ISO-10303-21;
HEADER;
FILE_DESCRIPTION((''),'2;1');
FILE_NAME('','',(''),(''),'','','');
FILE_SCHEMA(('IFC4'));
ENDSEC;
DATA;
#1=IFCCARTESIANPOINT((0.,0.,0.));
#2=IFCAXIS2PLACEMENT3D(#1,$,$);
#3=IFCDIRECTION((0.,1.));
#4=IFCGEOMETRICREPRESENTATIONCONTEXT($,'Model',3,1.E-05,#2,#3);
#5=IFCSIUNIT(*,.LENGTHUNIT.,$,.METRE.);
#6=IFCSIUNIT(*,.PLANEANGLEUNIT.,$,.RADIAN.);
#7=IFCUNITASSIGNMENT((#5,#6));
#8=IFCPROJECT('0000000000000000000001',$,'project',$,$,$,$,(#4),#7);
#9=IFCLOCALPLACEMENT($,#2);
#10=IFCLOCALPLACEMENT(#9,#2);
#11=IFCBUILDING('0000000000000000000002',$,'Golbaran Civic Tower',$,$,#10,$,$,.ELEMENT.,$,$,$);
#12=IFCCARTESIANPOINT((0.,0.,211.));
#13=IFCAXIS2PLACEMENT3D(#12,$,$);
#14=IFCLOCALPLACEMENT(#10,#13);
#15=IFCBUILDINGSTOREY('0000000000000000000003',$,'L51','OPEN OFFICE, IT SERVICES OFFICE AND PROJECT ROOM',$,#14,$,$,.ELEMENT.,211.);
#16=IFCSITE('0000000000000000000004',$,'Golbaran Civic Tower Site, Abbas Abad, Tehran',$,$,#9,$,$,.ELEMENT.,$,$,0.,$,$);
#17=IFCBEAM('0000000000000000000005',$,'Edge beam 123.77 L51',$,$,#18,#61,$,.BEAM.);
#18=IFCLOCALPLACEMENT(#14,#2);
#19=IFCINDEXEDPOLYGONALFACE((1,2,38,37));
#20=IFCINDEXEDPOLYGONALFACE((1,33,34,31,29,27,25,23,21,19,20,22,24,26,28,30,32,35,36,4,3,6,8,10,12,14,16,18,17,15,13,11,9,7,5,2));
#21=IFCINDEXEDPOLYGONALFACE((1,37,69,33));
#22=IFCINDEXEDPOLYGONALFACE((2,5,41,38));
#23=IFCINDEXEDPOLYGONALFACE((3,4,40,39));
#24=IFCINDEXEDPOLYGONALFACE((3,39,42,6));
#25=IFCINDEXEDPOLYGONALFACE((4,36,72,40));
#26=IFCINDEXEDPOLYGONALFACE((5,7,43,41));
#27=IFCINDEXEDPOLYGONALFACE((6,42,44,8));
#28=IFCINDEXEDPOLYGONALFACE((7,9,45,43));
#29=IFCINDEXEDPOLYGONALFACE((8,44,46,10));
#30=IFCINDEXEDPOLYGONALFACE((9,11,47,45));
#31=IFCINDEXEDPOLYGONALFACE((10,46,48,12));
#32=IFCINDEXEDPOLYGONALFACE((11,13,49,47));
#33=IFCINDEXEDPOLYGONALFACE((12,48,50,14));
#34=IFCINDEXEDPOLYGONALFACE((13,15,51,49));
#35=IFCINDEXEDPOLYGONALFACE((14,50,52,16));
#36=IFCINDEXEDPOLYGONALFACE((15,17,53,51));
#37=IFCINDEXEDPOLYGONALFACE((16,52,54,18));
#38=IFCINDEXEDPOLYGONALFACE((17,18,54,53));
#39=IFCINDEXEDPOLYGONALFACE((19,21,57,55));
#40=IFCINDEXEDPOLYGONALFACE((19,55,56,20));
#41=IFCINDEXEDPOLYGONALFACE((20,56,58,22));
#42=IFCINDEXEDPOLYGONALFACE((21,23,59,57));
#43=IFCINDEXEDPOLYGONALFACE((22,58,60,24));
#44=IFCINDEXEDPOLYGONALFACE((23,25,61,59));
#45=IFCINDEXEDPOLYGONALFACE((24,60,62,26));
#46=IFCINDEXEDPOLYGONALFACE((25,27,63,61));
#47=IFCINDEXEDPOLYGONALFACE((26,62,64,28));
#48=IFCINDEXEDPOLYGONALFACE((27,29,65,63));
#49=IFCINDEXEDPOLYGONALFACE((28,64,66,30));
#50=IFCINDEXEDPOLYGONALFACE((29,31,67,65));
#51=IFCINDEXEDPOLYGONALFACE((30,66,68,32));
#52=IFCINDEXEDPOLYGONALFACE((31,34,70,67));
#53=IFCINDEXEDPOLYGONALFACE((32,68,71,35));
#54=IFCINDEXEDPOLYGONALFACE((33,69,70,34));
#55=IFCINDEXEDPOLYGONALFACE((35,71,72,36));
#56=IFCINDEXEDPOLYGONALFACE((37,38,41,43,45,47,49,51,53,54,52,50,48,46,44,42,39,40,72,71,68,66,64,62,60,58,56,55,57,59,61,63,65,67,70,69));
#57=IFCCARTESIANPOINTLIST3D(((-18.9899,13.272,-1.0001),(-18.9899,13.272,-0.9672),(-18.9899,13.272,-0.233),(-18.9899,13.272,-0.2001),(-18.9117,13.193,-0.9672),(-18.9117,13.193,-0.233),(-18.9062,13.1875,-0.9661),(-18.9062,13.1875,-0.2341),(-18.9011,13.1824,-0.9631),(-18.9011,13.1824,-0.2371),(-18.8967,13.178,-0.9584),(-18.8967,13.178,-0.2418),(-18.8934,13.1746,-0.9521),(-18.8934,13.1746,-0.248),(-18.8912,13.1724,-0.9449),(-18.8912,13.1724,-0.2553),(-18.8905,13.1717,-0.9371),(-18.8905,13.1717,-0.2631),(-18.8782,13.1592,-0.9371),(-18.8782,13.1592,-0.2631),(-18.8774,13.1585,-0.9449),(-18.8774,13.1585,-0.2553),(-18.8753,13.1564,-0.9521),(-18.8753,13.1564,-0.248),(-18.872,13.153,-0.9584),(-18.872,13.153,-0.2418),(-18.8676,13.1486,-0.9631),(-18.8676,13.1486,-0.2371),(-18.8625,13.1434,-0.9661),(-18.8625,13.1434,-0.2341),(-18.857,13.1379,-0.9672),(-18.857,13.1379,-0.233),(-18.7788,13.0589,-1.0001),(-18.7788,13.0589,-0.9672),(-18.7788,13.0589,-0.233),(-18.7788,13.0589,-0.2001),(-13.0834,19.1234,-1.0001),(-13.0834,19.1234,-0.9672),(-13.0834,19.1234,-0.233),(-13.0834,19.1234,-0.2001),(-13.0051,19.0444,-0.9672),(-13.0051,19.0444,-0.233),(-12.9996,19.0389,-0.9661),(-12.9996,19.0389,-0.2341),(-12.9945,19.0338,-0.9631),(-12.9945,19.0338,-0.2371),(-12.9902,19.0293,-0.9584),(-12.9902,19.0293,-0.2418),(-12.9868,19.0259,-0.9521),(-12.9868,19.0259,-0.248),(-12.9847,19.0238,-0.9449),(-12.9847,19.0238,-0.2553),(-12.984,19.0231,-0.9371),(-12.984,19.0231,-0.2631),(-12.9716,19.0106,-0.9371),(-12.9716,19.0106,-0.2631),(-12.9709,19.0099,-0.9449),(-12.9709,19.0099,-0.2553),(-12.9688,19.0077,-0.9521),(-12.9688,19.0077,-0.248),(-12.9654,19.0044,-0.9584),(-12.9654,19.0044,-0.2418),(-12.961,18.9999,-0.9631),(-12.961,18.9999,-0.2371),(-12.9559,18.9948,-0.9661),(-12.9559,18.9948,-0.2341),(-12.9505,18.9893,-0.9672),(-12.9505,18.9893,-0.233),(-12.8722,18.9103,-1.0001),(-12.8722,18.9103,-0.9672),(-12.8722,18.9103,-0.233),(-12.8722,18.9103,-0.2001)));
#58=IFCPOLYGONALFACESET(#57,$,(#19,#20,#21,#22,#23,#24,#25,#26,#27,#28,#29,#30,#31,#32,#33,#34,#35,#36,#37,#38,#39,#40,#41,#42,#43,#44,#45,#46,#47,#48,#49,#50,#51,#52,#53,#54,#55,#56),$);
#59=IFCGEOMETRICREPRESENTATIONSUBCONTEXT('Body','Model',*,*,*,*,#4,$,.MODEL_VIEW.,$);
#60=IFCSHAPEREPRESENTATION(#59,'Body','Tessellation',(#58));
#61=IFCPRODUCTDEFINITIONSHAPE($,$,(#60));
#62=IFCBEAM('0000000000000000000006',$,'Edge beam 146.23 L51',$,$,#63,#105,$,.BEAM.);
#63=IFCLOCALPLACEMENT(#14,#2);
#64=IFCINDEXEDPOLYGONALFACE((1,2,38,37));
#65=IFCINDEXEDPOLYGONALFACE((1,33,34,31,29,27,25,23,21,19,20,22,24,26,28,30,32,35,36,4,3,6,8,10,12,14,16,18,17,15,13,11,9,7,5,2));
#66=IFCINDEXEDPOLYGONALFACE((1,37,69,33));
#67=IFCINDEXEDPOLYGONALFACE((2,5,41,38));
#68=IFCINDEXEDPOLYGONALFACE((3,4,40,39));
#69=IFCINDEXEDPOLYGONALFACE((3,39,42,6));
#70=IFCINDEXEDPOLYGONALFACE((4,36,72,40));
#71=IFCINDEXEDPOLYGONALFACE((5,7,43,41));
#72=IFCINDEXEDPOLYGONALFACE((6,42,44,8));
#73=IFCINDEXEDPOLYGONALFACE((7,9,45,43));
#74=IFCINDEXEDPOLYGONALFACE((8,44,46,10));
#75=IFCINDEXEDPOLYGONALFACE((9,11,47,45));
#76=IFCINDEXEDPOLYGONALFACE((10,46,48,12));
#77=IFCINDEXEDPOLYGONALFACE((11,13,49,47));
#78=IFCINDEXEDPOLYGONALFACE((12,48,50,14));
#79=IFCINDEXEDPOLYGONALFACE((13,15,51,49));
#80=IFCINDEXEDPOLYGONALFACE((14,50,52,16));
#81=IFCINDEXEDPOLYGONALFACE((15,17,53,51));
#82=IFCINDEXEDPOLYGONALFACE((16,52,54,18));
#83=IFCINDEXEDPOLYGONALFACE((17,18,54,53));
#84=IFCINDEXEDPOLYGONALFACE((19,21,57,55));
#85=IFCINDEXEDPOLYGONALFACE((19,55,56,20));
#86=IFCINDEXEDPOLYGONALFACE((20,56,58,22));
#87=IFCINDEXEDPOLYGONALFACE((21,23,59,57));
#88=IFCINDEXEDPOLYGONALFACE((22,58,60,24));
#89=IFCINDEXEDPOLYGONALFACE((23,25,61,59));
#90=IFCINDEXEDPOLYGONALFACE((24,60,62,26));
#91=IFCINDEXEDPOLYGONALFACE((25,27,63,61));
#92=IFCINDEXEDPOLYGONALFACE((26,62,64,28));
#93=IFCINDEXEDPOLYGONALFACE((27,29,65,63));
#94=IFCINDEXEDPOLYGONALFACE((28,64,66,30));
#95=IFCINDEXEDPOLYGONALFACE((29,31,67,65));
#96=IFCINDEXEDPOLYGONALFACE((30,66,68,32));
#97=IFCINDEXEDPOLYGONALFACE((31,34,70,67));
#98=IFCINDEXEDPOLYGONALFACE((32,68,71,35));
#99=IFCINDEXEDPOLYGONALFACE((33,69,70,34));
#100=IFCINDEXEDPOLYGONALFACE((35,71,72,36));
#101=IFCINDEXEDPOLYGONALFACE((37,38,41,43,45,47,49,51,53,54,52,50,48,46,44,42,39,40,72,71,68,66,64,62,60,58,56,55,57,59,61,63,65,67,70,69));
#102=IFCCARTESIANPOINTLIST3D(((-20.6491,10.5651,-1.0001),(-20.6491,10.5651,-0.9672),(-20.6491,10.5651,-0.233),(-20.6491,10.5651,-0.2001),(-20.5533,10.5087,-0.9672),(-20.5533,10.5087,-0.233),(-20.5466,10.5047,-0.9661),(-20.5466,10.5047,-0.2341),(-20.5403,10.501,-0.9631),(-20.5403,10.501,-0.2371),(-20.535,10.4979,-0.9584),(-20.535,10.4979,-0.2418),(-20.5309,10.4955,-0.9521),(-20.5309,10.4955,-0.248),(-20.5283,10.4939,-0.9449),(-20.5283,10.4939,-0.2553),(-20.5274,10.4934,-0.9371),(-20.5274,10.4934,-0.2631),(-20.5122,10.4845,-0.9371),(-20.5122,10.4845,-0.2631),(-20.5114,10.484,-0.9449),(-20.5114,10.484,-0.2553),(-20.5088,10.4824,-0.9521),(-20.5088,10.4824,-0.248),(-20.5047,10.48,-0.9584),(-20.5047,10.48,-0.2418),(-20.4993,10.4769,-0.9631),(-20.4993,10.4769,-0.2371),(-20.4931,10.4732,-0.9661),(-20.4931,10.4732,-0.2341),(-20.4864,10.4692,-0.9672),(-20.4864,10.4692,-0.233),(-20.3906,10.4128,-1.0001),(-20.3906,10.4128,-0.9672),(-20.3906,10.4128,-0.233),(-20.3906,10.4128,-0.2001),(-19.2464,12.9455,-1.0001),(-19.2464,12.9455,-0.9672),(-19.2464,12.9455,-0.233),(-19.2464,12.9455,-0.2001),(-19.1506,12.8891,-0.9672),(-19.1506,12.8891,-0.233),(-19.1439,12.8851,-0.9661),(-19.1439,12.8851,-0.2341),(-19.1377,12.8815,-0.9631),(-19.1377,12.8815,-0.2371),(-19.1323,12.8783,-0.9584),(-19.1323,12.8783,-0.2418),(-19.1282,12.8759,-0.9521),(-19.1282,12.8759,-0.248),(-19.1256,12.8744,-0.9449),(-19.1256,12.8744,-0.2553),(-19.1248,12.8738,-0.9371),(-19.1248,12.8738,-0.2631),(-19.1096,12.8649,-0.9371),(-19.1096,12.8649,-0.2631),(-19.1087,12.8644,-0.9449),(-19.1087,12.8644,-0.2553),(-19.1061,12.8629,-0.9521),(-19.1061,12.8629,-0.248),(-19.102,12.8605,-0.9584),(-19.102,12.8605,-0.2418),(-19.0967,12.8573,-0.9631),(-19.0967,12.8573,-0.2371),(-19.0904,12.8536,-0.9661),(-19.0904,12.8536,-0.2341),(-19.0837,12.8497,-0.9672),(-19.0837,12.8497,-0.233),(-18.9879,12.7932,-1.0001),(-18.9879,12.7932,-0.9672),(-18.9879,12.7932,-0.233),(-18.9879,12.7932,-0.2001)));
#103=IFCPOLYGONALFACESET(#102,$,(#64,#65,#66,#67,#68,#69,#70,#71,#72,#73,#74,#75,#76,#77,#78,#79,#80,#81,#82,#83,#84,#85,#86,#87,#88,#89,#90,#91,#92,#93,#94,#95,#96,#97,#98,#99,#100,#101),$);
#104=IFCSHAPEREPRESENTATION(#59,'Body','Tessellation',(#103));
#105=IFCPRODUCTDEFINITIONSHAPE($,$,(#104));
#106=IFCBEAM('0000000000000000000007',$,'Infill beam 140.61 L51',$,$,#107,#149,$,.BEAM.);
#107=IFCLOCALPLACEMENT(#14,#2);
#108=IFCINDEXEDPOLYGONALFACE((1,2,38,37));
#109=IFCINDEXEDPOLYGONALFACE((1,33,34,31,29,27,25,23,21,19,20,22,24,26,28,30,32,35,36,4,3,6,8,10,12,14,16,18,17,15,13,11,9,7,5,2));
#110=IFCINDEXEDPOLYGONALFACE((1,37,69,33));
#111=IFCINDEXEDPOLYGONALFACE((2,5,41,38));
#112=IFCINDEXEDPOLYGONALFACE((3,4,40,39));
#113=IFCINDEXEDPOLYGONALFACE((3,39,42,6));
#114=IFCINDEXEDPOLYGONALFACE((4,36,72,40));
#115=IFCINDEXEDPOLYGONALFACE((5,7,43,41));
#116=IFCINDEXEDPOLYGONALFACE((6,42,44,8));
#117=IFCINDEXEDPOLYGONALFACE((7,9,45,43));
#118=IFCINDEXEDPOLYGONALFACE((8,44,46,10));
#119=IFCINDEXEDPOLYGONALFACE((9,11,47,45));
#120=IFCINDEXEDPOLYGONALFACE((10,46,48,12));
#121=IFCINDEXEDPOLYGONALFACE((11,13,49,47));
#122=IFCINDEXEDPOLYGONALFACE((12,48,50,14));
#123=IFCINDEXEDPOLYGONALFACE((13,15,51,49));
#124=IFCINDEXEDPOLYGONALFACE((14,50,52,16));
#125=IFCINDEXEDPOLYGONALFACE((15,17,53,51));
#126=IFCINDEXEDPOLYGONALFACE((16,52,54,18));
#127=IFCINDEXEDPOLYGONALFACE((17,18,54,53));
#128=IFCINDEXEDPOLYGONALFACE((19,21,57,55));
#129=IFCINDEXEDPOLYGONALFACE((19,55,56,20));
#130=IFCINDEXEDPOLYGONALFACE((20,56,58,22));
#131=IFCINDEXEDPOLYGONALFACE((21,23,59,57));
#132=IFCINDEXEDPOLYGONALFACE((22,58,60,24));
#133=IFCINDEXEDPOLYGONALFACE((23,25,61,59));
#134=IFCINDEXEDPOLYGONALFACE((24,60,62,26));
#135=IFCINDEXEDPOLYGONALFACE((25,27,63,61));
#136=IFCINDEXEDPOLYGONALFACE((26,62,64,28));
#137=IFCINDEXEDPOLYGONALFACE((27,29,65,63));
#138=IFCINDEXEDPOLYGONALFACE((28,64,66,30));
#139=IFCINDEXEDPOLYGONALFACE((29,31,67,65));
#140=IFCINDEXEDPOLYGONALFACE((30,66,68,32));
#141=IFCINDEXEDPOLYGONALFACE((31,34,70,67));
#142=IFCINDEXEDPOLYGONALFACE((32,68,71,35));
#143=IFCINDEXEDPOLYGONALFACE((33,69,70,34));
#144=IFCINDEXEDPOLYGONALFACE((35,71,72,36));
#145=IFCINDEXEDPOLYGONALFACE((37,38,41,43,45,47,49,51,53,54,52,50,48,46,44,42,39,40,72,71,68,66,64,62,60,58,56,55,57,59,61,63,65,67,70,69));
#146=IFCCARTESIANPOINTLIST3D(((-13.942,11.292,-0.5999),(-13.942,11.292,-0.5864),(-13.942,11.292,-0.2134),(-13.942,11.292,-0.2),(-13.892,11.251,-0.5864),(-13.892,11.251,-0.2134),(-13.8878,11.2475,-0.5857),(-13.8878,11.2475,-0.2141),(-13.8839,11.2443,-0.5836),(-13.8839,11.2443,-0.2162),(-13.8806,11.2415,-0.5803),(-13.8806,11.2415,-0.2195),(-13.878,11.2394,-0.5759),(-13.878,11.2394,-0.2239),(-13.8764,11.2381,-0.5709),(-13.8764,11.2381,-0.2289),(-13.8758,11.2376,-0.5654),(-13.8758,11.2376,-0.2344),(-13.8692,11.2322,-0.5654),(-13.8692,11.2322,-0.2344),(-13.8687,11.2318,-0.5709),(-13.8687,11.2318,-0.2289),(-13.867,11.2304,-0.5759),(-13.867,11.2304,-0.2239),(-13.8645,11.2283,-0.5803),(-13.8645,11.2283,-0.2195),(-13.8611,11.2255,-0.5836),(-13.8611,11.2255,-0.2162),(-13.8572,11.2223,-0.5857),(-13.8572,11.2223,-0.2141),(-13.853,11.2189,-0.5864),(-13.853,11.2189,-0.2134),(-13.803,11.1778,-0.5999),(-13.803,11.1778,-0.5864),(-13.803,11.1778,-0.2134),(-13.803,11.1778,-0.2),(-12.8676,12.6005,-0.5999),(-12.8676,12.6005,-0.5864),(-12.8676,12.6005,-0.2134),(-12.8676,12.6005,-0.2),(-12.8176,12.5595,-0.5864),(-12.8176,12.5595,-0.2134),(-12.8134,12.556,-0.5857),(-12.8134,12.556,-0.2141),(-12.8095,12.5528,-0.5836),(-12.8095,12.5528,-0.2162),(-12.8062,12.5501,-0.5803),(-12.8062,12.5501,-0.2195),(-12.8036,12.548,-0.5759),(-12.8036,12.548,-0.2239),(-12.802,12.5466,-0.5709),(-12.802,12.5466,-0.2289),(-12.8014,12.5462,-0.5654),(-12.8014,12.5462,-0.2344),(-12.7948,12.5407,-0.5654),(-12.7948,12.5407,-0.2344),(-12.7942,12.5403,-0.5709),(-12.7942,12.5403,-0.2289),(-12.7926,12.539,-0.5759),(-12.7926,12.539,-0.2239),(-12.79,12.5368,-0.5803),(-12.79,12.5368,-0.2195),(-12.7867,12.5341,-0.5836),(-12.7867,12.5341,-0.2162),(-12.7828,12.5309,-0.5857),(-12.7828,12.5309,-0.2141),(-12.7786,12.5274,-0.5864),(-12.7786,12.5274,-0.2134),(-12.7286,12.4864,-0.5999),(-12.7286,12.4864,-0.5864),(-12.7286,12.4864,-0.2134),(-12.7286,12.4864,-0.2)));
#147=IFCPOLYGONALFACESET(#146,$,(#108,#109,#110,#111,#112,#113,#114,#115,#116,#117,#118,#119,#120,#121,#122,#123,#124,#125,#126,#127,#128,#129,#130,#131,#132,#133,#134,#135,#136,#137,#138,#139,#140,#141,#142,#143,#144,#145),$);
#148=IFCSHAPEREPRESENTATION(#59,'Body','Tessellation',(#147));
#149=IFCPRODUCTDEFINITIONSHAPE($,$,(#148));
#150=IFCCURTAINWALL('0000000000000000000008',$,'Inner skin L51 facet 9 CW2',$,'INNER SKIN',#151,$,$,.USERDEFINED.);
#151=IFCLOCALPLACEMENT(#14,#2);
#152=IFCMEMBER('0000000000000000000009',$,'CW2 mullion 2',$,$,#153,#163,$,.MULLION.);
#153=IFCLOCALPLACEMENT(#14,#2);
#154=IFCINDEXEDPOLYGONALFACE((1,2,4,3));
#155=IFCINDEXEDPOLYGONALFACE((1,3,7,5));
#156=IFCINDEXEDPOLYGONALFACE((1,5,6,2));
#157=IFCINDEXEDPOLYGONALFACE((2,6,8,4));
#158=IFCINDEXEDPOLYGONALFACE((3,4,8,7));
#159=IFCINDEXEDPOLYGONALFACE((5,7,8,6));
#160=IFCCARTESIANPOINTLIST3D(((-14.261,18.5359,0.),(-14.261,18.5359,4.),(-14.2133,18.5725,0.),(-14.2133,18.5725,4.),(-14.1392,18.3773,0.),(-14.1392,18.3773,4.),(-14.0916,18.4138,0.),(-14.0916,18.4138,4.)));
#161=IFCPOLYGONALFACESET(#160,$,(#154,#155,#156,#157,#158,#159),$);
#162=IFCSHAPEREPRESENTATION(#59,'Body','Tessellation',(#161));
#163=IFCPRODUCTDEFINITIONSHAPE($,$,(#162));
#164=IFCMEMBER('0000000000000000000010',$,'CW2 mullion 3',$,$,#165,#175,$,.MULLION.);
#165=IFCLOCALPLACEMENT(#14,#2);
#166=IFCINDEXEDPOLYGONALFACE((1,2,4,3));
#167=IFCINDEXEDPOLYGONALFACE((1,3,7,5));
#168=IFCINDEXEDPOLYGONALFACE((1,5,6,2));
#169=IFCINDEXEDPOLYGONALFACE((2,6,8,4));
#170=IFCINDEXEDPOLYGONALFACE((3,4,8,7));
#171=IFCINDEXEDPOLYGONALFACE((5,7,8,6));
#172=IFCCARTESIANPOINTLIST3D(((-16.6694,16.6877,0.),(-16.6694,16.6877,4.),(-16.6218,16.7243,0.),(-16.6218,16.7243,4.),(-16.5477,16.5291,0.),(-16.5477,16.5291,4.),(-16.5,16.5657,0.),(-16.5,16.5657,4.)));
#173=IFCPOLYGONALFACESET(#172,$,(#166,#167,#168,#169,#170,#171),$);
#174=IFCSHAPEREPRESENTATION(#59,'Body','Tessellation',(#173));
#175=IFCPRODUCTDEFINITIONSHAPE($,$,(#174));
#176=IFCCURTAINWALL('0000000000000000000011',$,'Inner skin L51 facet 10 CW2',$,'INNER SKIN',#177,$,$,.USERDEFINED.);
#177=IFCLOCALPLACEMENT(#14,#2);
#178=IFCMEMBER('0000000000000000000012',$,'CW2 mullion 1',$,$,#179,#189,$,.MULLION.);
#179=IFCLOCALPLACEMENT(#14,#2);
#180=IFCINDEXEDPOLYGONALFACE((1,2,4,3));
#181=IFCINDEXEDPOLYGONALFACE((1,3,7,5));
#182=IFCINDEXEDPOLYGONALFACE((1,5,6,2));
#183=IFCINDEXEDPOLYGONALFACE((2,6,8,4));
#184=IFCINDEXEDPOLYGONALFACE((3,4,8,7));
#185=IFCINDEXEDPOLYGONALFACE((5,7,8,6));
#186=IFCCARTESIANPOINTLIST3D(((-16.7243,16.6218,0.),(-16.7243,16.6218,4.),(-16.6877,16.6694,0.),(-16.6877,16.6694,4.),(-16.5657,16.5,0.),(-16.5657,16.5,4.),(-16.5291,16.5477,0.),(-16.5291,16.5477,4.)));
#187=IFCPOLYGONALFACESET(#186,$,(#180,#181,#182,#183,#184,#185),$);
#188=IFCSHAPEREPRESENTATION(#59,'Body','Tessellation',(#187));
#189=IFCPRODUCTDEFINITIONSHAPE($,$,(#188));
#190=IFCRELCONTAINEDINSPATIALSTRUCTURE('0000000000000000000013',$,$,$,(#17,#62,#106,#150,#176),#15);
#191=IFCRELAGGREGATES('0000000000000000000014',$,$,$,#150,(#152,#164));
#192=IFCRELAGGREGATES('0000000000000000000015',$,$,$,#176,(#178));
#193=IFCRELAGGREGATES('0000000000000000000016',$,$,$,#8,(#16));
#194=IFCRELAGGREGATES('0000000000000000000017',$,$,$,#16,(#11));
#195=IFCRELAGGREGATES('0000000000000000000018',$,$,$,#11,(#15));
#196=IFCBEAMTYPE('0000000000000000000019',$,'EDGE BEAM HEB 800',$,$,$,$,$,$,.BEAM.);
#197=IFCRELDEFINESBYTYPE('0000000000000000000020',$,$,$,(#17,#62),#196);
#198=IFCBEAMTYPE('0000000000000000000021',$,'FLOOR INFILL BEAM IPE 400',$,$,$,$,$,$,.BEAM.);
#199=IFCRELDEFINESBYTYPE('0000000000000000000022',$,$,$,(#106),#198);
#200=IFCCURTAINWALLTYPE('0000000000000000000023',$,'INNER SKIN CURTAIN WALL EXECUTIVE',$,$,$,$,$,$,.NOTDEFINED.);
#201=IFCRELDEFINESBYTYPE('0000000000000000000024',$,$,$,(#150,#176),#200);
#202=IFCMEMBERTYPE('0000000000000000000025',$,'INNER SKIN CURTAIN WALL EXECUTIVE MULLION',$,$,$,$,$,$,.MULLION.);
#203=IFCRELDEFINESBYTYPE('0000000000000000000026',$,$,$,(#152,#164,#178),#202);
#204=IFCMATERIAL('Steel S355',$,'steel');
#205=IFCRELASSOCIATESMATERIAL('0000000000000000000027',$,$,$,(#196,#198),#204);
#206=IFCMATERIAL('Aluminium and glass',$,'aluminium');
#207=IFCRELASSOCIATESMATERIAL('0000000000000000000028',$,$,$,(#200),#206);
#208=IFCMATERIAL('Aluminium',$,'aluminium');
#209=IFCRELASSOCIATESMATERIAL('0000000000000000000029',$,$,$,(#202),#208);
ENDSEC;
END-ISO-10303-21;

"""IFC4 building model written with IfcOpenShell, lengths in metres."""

from ifc_helpers import new_model, si_unit, direction, frame, origin, origin_2d, place, context, subcontext, project, spatial, rectangle, i_section, extrude, material, material_profile, profile_set, type_object, element, aggregate, save


model = new_model("IFC4")

# Units and contexts
model_context = context("Model", 3, precision=1e-05, world=origin(), true_north=direction((0.0, 1.0)))
body_context = subcontext(model_context, "Body", "Model", "MODEL_VIEW")
ifc_project = project(units=[si_unit("LENGTHUNIT", "METRE"), si_unit("PLANEANGLEUNIT", "RADIAN")], contexts=[model_context])

# Site, building, storey
site_placement = place(None, origin())
site = spatial("IfcSite", under=ifc_project, at=site_placement, Name="Golbaran Civic Tower Site, Abbas Abad, Tehran", CompositionType="ELEMENT", RefElevation=0.0)
building_placement = place(site_placement, origin())
building = spatial("IfcBuilding", under=site, at=building_placement, Name="Golbaran Civic Tower", CompositionType="ELEMENT")
storey_placement = place(building_placement, frame((0.0, 0.0, 211.0)))
storey = spatial("IfcBuildingStorey", under=building, at=storey_placement, Name="L51", Description="OPEN OFFICE, IT SERVICES OFFICE AND PROJECT ROOM", CompositionType="ELEMENT", Elevation=211.0)

# Beams
ifc_material_1 = material(Name="Steel S355", Category="steel")
ifc_material_profile_1 = material_profile(ifc_material_1, i_section(OverallWidth=0.3, OverallDepth=0.8, WebThickness=0.0176, FlangeThickness=0.033, FilletRadius=0.03, at=origin_2d()), Name="HEB 800")
ifc_profile_set_1 = profile_set([ifc_material_profile_1], Name="Steel S355")
beam_type_1 = type_object("IfcBeamType", Name="EDGE BEAM HEB 800", PredefinedType="BEAM", material=ifc_profile_set_1)
beam_1_placement = place(storey_placement, frame((-12.9778, 19.0168, -0.6001), z_axis=(-0.710417, -0.703781, 0.0), x_axis=(0.703781, -0.710417, 0.0)))
element("IfcBeam", 1, at=beam_1_placement, inside=storey, type_object=beam_type_1, Name="Edge beam 123.77 L51", PredefinedType="BEAM", context=body_context, shape_type="SweptSolid", body=[
    extrude(i_section(OverallWidth=0.3, OverallDepth=0.8, WebThickness=0.0176, FlangeThickness=0.033, FilletRadius=0.03, at=origin_2d()), origin(), (0.0, 0.0, 1.0), 8.3142),
])
beam_2_placement = place(storey_placement, frame((-19.1172, 12.8694, -0.6001), z_axis=(-0.507657, -0.861559, 0.0), x_axis=(0.861559, -0.507657, 0.0)))
element("IfcBeam", 2, at=beam_2_placement, inside=storey, type_object=beam_type_1, Name="Edge beam 146.23 L51", PredefinedType="BEAM", context=body_context, shape_type="SweptSolid", body=[
    extrude(i_section(OverallWidth=0.3, OverallDepth=0.8, WebThickness=0.0176, FlangeThickness=0.033, FilletRadius=0.03, at=origin_2d()), origin(), (0.0, 0.0, 1.0), 2.7629),
])
ifc_material_profile_2 = material_profile(ifc_material_1, i_section(OverallWidth=0.1799, OverallDepth=0.3999, WebThickness=0.0085, FlangeThickness=0.0134, FilletRadius=0.021, at=origin_2d()), Name="IPE 400")
ifc_profile_set_2 = profile_set([ifc_material_profile_2], Name="Steel S355")
beam_type_2 = type_object("IfcBeamType", Name="FLOOR INFILL BEAM IPE 400", PredefinedType="BEAM", material=ifc_profile_set_2)
beam_3_placement = place(storey_placement, frame((-12.7981, 12.5435, -0.3999), z_axis=(-0.63458, -0.772858, 0.0), x_axis=(0.772858, -0.63458, 0.0)))
element("IfcBeam", 3, at=beam_3_placement, inside=storey, type_object=beam_type_2, Name="Infill beam 140.61 L51", PredefinedType="BEAM", context=body_context, shape_type="SweptSolid", body=[
    extrude(i_section(OverallWidth=0.1799, OverallDepth=0.3999, WebThickness=0.0085, FlangeThickness=0.0134, FilletRadius=0.021, at=origin_2d()), origin(), (0.0, 0.0, 1.0), 1.6931),
])

# Curtain walls, members
ifc_material_2 = material(Name="Aluminium and glass", Category="aluminium")
curtain_wall_type = type_object("IfcCurtainWallType", Name="INNER SKIN CURTAIN WALL EXECUTIVE", PredefinedType="NOTDEFINED", material=ifc_material_2)
curtain_wall_1_placement = place(storey_placement, origin())
curtain_wall_1 = element("IfcCurtainWall", 4, at=curtain_wall_1_placement, inside=storey, type_object=curtain_wall_type, Name="Inner skin L51 facet 9 CW2", ObjectType="INNER SKIN", PredefinedType="USERDEFINED")
ifc_material_3 = material(Name="Aluminium", Category="aluminium")
ifc_material_profile_3 = material_profile(ifc_material_3, rectangle(XDim=0.2, YDim=0.0601, at=origin_2d()), Name="INNER SKIN CURTAIN WALL EXECUTIVE MULLION")
ifc_profile_set_3 = profile_set([ifc_material_profile_3], Name="Aluminium")
member_type_1 = type_object("IfcMemberType", Name="INNER SKIN CURTAIN WALL EXECUTIVE MULLION", PredefinedType="MULLION", material=ifc_profile_set_3)
member_1_placement = place(storey_placement, frame((-14.1763, 18.4749, 0.0), z_axis=(0.0, 0.0, 1.0), x_axis=(0.608761, -0.793353, 0.0)))
member_1 = element("IfcMember", 5, at=member_1_placement, type_object=member_type_1, Name="CW2 mullion 2", PredefinedType="MULLION", context=body_context, shape_type="SweptSolid", body=[
    extrude(rectangle(XDim=0.2, YDim=0.0601, at=origin_2d()), origin(), (0.0, 0.0, 1.0), 4.0),
])
member_2_placement = place(storey_placement, frame((-16.5847, 16.6267, 0.0), z_axis=(0.0, 0.0, 1.0), x_axis=(0.608761, -0.793353, 0.0)))
member_2 = element("IfcMember", 6, at=member_2_placement, type_object=member_type_1, Name="CW2 mullion 3", PredefinedType="MULLION", context=body_context, shape_type="SweptSolid", body=[
    extrude(rectangle(XDim=0.2, YDim=0.0601, at=origin_2d()), origin(), (0.0, 0.0, 1.0), 4.0),
])
curtain_wall_2_placement = place(storey_placement, origin())
curtain_wall_2 = element("IfcCurtainWall", 7, at=curtain_wall_2_placement, inside=storey, type_object=curtain_wall_type, Name="Inner skin L51 facet 10 CW2", ObjectType="INNER SKIN", PredefinedType="USERDEFINED")
member_3_placement = place(storey_placement, frame((-16.6267, 16.5847, 0.0), z_axis=(0.0, 0.0, 1.0), x_axis=(0.793353, -0.608761, 0.0)))
member_3 = element("IfcMember", 8, at=member_3_placement, type_object=member_type_1, Name="CW2 mullion 1", PredefinedType="MULLION", context=body_context, shape_type="SweptSolid", body=[
    extrude(rectangle(XDim=0.2, YDim=0.0601, at=origin_2d()), origin(), (0.0, 0.0, 1.0), 4.0),
])

aggregate(curtain_wall_1, [member_1, member_2])
aggregate(curtain_wall_2, [member_3])

save(model, "model.ifc")
